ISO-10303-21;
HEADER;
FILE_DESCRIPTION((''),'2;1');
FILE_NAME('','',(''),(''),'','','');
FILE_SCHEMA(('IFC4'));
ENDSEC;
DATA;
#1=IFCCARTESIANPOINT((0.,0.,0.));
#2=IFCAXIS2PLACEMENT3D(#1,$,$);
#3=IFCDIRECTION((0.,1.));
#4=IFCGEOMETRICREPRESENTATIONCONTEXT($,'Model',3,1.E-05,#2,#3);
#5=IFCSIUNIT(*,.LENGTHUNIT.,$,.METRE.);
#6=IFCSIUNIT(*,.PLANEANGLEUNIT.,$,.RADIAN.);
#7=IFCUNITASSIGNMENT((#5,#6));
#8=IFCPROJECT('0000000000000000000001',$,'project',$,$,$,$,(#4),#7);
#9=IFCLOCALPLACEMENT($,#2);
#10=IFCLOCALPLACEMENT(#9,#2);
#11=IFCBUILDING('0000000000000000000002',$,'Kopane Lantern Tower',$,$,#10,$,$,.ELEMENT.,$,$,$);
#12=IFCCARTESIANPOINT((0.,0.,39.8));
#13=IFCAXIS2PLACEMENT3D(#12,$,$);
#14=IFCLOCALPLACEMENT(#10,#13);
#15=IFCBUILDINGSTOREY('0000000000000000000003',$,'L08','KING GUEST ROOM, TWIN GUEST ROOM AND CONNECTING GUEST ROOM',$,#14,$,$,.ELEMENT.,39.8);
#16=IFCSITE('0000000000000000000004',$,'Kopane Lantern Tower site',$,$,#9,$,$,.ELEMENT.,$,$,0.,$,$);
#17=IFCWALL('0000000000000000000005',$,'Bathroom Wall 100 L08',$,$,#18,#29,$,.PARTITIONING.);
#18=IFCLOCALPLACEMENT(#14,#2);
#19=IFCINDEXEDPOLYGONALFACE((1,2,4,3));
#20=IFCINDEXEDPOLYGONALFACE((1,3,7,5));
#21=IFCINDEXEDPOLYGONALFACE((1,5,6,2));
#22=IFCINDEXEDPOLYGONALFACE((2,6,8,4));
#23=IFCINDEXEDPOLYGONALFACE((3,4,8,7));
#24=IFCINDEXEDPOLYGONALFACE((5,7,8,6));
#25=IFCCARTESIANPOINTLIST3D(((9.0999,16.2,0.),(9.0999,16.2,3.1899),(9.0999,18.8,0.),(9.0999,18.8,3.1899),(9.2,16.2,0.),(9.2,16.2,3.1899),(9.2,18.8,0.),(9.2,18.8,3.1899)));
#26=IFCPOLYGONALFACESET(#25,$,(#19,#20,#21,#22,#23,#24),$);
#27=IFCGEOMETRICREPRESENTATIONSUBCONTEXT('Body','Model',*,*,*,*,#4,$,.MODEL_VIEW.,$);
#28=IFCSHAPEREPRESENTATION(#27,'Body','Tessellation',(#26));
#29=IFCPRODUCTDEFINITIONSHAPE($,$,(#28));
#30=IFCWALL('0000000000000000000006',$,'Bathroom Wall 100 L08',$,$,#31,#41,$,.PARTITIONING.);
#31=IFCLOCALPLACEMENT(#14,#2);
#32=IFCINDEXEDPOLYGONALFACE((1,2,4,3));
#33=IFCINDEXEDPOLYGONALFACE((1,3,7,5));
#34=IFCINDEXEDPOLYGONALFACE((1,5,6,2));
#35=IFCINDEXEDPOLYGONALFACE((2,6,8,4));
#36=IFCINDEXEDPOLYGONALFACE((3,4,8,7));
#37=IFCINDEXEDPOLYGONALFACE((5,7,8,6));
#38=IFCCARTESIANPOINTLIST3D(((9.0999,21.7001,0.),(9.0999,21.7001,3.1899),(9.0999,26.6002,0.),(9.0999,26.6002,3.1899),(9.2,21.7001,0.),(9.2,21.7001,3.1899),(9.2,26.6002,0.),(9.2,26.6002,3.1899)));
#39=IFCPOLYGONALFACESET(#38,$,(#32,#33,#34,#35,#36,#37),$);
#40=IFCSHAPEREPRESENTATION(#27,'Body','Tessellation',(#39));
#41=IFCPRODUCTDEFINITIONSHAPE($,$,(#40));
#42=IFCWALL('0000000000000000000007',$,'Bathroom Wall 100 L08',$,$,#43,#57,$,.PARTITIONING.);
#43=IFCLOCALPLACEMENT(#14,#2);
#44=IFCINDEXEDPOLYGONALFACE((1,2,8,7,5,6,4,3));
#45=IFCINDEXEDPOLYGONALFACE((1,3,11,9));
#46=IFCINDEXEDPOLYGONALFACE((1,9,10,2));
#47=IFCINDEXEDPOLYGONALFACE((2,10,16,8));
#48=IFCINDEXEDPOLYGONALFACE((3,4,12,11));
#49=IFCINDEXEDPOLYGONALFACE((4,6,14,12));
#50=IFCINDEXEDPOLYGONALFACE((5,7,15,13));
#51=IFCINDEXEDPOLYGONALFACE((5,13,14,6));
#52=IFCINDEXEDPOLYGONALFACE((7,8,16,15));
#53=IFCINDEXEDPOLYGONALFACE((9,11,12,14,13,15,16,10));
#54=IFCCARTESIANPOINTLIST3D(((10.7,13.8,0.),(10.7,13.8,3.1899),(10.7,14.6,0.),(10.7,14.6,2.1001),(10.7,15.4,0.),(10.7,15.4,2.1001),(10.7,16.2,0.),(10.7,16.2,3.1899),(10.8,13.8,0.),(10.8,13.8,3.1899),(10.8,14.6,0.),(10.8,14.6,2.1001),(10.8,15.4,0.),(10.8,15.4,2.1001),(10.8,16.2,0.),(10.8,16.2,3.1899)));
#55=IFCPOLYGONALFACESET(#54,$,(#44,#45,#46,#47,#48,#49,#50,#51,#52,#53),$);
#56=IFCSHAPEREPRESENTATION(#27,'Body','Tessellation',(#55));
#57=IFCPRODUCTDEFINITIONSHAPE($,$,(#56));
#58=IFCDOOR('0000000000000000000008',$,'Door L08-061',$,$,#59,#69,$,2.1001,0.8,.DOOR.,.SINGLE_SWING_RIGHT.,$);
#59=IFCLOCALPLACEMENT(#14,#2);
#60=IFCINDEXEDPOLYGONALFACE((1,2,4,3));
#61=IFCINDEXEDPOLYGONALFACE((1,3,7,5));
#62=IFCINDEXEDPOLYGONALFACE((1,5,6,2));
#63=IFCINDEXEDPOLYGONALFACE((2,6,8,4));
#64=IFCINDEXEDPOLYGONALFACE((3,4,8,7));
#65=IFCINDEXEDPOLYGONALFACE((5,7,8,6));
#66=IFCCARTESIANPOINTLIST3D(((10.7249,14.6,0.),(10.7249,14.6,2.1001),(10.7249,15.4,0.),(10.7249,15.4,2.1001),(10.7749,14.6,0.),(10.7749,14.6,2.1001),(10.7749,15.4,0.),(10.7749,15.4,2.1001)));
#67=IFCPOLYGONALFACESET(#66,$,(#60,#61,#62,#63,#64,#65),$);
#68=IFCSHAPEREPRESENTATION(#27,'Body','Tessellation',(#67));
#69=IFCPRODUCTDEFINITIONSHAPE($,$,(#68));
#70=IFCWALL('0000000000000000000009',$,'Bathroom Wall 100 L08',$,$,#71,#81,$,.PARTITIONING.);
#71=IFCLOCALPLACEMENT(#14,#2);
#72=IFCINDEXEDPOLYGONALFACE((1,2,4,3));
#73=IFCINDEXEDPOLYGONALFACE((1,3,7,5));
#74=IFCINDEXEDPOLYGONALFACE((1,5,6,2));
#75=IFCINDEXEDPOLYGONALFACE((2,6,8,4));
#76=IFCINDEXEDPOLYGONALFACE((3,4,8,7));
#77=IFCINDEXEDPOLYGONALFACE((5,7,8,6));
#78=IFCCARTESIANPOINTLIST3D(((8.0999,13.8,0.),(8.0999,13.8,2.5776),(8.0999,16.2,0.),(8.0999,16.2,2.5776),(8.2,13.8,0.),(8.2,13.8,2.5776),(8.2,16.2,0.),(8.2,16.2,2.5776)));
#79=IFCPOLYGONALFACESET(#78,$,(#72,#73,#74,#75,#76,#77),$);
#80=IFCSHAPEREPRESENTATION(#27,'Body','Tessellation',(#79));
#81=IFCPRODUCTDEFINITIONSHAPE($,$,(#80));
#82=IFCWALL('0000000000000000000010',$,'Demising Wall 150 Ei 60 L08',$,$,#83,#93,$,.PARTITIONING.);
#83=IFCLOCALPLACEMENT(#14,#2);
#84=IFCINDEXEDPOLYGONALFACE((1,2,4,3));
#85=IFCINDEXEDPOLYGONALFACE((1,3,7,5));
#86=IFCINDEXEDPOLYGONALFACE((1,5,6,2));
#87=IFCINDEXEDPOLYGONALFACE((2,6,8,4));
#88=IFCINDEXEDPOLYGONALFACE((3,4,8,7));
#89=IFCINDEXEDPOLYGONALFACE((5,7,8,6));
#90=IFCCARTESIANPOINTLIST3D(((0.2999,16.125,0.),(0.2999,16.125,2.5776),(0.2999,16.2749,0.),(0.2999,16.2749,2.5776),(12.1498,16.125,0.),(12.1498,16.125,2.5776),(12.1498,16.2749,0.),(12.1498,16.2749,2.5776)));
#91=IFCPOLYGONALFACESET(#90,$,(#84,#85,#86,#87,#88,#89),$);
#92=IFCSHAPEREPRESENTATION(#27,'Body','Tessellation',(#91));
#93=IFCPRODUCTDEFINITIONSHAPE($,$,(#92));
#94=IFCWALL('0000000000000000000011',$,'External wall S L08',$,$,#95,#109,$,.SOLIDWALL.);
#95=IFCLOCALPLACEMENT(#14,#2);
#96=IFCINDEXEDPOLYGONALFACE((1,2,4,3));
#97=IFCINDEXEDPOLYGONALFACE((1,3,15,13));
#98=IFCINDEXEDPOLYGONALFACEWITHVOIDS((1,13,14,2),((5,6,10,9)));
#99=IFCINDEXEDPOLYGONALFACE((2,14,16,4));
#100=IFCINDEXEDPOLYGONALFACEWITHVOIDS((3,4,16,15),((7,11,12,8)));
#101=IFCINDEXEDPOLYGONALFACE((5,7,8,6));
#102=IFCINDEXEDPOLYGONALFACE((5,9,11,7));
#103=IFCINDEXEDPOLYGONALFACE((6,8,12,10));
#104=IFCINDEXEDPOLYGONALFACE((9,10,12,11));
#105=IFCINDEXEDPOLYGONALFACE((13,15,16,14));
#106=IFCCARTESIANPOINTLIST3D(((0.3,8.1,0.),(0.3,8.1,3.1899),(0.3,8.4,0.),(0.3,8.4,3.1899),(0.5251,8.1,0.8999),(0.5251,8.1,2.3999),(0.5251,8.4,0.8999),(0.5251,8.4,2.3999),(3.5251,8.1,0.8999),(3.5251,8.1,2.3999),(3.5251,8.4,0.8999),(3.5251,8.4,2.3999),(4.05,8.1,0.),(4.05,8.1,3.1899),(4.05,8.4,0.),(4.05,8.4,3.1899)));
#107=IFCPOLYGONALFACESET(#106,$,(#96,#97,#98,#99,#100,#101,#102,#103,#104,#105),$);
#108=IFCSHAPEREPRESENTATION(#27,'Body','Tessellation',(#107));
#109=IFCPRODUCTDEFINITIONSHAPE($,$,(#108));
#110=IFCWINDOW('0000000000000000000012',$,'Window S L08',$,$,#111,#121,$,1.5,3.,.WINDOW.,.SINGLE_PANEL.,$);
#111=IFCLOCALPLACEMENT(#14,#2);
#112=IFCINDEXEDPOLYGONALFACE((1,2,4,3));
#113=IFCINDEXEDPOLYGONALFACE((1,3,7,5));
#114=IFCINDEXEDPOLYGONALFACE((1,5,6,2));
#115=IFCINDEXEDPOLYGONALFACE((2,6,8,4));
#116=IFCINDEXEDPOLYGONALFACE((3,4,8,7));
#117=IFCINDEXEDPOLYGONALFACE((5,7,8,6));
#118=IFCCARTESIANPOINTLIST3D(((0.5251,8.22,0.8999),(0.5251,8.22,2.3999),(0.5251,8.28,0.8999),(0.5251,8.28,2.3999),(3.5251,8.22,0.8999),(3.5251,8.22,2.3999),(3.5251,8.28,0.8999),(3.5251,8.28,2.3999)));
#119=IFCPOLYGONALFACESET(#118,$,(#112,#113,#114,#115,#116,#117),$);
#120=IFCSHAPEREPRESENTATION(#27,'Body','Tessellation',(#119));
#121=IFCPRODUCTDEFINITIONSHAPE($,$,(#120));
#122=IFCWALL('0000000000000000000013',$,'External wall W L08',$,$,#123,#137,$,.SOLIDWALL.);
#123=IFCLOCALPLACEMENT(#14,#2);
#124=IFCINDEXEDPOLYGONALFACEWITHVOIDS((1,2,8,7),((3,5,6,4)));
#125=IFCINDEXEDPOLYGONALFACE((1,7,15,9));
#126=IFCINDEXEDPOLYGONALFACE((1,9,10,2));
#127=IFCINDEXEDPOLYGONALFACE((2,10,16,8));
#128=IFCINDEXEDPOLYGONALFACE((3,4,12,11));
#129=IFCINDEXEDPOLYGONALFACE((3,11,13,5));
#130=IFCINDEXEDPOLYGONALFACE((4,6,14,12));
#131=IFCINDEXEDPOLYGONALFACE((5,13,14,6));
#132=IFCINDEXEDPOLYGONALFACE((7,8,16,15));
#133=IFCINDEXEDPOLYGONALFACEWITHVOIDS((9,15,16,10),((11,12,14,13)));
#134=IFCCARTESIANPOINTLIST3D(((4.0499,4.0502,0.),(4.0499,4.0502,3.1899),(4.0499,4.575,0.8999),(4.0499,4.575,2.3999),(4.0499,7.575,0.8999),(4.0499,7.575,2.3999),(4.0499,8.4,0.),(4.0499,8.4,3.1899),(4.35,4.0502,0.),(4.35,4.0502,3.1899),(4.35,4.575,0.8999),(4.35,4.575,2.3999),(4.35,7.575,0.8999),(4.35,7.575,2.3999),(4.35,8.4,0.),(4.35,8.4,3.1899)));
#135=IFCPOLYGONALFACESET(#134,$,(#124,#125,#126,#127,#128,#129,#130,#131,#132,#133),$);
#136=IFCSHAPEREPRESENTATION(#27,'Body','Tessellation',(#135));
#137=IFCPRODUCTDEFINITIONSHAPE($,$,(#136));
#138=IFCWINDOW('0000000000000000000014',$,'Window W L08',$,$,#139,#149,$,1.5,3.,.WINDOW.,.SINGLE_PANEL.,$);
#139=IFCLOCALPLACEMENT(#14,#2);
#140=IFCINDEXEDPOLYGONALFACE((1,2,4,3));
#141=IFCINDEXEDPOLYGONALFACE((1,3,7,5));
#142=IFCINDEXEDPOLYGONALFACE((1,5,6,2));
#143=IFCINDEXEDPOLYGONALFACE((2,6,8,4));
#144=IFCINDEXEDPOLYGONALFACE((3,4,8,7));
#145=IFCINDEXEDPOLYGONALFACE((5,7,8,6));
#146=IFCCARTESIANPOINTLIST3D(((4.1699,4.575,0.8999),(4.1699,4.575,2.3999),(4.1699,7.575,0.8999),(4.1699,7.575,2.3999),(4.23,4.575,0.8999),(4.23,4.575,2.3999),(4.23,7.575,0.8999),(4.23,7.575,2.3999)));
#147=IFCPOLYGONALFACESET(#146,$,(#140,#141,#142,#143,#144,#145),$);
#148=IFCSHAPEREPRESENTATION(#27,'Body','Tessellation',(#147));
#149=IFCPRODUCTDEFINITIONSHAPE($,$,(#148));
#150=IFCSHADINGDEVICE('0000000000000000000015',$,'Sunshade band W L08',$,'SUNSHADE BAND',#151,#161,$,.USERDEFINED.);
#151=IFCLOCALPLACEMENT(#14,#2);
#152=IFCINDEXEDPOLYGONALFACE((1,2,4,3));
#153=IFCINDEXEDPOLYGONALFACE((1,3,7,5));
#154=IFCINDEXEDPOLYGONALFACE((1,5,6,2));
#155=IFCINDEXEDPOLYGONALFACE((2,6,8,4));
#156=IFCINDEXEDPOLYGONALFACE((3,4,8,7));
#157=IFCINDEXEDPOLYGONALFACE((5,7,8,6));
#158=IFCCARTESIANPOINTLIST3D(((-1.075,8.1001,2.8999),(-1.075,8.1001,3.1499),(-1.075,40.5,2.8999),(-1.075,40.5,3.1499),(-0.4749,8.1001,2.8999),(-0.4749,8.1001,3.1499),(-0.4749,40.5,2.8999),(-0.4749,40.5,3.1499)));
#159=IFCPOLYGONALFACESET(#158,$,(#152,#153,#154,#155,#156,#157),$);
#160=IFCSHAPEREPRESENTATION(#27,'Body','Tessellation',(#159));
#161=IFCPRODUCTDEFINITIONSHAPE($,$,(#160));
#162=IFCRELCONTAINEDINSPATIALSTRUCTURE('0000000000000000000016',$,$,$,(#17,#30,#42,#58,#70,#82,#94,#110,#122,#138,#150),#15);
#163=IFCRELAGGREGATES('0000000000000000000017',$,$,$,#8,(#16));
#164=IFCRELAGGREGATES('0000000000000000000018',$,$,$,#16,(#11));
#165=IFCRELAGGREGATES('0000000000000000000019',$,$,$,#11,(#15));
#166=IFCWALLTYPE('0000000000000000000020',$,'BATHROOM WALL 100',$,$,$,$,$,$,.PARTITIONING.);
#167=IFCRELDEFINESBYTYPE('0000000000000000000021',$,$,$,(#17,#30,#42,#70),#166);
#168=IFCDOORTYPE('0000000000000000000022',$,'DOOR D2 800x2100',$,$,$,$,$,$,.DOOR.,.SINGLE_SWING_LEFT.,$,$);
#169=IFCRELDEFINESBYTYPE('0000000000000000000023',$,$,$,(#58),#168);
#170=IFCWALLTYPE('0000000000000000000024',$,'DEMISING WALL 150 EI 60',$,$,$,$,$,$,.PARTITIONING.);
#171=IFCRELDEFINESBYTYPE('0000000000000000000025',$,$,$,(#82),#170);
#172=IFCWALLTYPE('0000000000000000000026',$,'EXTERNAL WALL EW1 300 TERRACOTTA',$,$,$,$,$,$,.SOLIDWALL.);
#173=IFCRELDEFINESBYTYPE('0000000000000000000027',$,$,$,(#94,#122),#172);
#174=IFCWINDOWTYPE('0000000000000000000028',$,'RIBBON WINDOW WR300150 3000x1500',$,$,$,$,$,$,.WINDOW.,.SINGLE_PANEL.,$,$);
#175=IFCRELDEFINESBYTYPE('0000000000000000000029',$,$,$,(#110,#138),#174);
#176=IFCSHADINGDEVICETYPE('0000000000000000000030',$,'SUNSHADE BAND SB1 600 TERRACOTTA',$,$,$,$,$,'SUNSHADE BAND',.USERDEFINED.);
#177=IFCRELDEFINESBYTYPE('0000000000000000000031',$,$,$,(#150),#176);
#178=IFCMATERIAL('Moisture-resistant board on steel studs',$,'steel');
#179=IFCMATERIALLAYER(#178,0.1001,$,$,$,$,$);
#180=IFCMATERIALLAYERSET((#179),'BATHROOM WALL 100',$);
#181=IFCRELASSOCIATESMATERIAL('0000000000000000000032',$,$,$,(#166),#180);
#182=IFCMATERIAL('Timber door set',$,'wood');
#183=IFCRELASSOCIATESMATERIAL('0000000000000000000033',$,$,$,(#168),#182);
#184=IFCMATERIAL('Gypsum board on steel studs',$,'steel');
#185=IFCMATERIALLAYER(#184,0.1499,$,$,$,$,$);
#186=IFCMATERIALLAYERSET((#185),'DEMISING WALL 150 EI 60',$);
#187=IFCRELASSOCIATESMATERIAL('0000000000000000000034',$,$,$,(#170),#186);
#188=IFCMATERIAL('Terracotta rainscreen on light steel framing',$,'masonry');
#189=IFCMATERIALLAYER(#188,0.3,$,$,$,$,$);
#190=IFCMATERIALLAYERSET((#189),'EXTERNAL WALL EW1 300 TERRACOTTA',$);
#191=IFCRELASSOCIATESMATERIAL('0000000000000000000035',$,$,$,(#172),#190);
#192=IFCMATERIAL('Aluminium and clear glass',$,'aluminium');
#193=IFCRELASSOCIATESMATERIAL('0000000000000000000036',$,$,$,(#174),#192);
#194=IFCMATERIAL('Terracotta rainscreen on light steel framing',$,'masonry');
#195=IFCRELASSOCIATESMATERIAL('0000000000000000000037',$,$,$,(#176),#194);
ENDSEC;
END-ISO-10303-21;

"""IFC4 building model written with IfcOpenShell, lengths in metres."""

from ifc_helpers import new_model, si_unit, direction, frame, frame_2d, origin, origin_2d, place, context, subcontext, project, spatial, rectangle, extrude, material, layer, layer_set, type_object, element, fill, save


model = new_model("IFC4")

# Units and contexts
model_context = context("Model", 3, precision=1e-05, world=origin(), true_north=direction((0.0, 1.0)))
body_context = subcontext(model_context, "Body", "Model", "MODEL_VIEW")
ifc_project = project(units=[si_unit("LENGTHUNIT", "METRE"), si_unit("PLANEANGLEUNIT", "RADIAN")], contexts=[model_context])

# Site, building, storey
site_placement = place(None, origin())
site = spatial("IfcSite", under=ifc_project, at=site_placement, Name="Kopane Lantern Tower site", CompositionType="ELEMENT", RefElevation=0.0)
building_placement = place(site_placement, origin())
building = spatial("IfcBuilding", under=site, at=building_placement, Name="Kopane Lantern Tower", CompositionType="ELEMENT")
storey_placement = place(building_placement, frame((0.0, 0.0, 39.8)))
storey = spatial("IfcBuildingStorey", under=building, at=storey_placement, Name="L08", Description="KING GUEST ROOM, TWIN GUEST ROOM AND CONNECTING GUEST ROOM", CompositionType="ELEMENT", Elevation=39.8)

# Walls
ifc_material_1 = material(Name="Moisture-resistant board on steel studs", Category="steel")
ifc_layer_1 = layer(ifc_material_1, 0.1001)
ifc_layer_set_1 = layer_set([ifc_layer_1], Name="BATHROOM WALL 100")
wall_type_1 = type_object("IfcWallType", Name="BATHROOM WALL 100", PredefinedType="PARTITIONING", material=ifc_layer_set_1)
wall_1_placement = place(storey_placement, frame((9.1499, 16.2, 0.0), z_axis=(0.0, 0.0, 1.0), x_axis=(0.0, 1.0, 0.0)))
element("IfcWall", 1, at=wall_1_placement, inside=storey, type_object=wall_type_1, Name="Bathroom Wall 100 L08", PredefinedType="PARTITIONING", context=body_context, shape_type="SweptSolid", body=[
    extrude(rectangle(XDim=2.6001, YDim=0.1001, at=frame_2d((1.3, 0.0))), origin(), (0.0, 0.0, 1.0), 3.1899),
])
wall_2_placement = place(storey_placement, frame((9.1499, 21.7, 0.0), z_axis=(0.0, 0.0, 1.0), x_axis=(0.0, 1.0, 0.0)))
element("IfcWall", 2, at=wall_2_placement, inside=storey, type_object=wall_type_1, Name="Bathroom Wall 100 L08", PredefinedType="PARTITIONING", context=body_context, shape_type="SweptSolid", body=[
    extrude(rectangle(XDim=4.9001, YDim=0.1001, at=frame_2d((2.4502, 0.0))), origin(), (0.0, 0.0, 1.0), 3.1899),
])

# Wall, opening, door
wall_3_placement = place(storey_placement, frame((10.75, 16.2, 0.0), z_axis=(0.0, 0.0, 1.0), x_axis=(0.0, -1.0, 0.0)))
wall_3 = element("IfcWall", 3, at=wall_3_placement, inside=storey, type_object=wall_type_1, Name="Bathroom Wall 100 L08", PredefinedType="PARTITIONING", context=body_context, shape_type="SweptSolid", body=[
    extrude(rectangle(XDim=2.3999, YDim=0.1001, at=frame_2d((1.2, 0.0))), origin(), (0.0, 0.0, 1.0), 3.1899),
])
opening_1_placement = place(wall_3_placement, frame((0.8, 0.0, 0.0)))
opening_1 = element("IfcOpeningElement", 4, at=opening_1_placement, cuts=wall_3, PredefinedType="OPENING", context=body_context, shape_type="SweptSolid", body=[
    extrude(rectangle(XDim=0.8, YDim=2.1001, at=frame_2d((0.3999, 1.05))), frame((0.0, 0.0601, 0.0), z_axis=(0.0, -1.0, 0.0), x_axis=(1.0, 0.0, 0.0)), (0.0, 0.0, 1.0), 0.1201),
])
ifc_material_2 = material(Name="Timber door set", Category="wood")
door_type_1 = type_object("IfcDoorType", Name="DOOR D2 800x2100", OperationType="SINGLE_SWING_LEFT", PredefinedType="DOOR", material=ifc_material_2)
door_1_placement = place(opening_1_placement, origin())
door_1 = element("IfcDoor", 5, at=door_1_placement, inside=storey, type_object=door_type_1, Name="Door L08-061", OperationType="SINGLE_SWING_RIGHT", OverallHeight=2.1001, OverallWidth=0.8, PredefinedType="DOOR", context=body_context, shape_type="SweptSolid", body=[
    extrude(rectangle(XDim=0.8, YDim=2.1001, at=frame_2d((0.3999, 1.05))), frame((0.0, 0.0249, 0.0), z_axis=(0.0, -1.0, 0.0), x_axis=(1.0, 0.0, 0.0)), (0.0, 0.0, 1.0), 0.05),
])
fill(opening_1, door_1)

# Walls
wall_4_placement = place(storey_placement, frame((8.1499, 16.2, 0.0), z_axis=(0.0, 0.0, 1.0), x_axis=(0.0, -1.0, 0.0)))
element("IfcWall", 6, at=wall_4_placement, inside=storey, type_object=wall_type_1, Name="Bathroom Wall 100 L08", PredefinedType="PARTITIONING", context=body_context, shape_type="SweptSolid", body=[
    extrude(rectangle(XDim=2.3999, YDim=0.1001, at=frame_2d((1.2, 0.0))), origin(), (0.0, 0.0, 1.0), 2.5776),
])
ifc_material_3 = material(Name="Gypsum board on steel studs", Category="steel")
ifc_layer_2 = layer(ifc_material_3, 0.1499)
ifc_layer_set_2 = layer_set([ifc_layer_2], Name="DEMISING WALL 150 EI 60")
wall_type_2 = type_object("IfcWallType", Name="DEMISING WALL 150 EI 60", PredefinedType="PARTITIONING", material=ifc_layer_set_2)
wall_5_placement = place(storey_placement, frame((0.3, 16.2, 0.0), z_axis=(0.0, 0.0, 1.0), x_axis=(1.0, 0.0, 0.0)))
element("IfcWall", 7, at=wall_5_placement, inside=storey, type_object=wall_type_2, Name="Demising Wall 150 Ei 60 L08", PredefinedType="PARTITIONING", context=body_context, shape_type="SweptSolid", body=[
    extrude(rectangle(XDim=11.8499, YDim=0.1499, at=frame_2d((5.9248, 0.0))), origin(), (0.0, 0.0, 1.0), 2.5776),
])

# Walls, openings, windows
ifc_material_4 = material(Name="Terracotta rainscreen on light steel framing", Category="masonry")
ifc_layer_3 = layer(ifc_material_4, 0.3)
ifc_layer_set_3 = layer_set([ifc_layer_3], Name="EXTERNAL WALL EW1 300 TERRACOTTA")
wall_type_3 = type_object("IfcWallType", Name="EXTERNAL WALL EW1 300 TERRACOTTA", PredefinedType="SOLIDWALL", material=ifc_layer_set_3)
wall_6_placement = place(storey_placement, frame((0.3, 8.25, 0.0), z_axis=(0.0, 0.0, 1.0), x_axis=(1.0, 0.0, 0.0)))
wall_6 = element("IfcWall", 8, at=wall_6_placement, inside=storey, type_object=wall_type_3, Name="External wall S L08", PredefinedType="SOLIDWALL", context=body_context, shape_type="SweptSolid", body=[
    extrude(rectangle(XDim=3.75, YDim=0.3, at=frame_2d((1.875, 0.0))), origin(), (0.0, 0.0, 1.0), 3.1899),
])
opening_2_placement = place(wall_6_placement, frame((0.2251, 0.0, 0.8999)))
opening_2 = element("IfcOpeningElement", 9, at=opening_2_placement, cuts=wall_6, PredefinedType="OPENING", context=body_context, shape_type="SweptSolid", body=[
    extrude(rectangle(XDim=3.0, YDim=1.5, at=frame_2d((1.5, 0.75))), frame((0.0, 0.1599, 0.0), z_axis=(0.0, -1.0, 0.0), x_axis=(1.0, 0.0, 0.0)), (0.0, 0.0, 1.0), 0.3201),
])
ifc_material_5 = material(Name="Aluminium and clear glass", Category="aluminium")
window_type = type_object("IfcWindowType", Name="RIBBON WINDOW WR300150 3000x1500", PartitioningType="SINGLE_PANEL", PredefinedType="WINDOW", material=ifc_material_5)
window_1_placement = place(opening_2_placement, origin())
window_1 = element("IfcWindow", 10, at=window_1_placement, inside=storey, type_object=window_type, Name="Window S L08", OverallHeight=1.5, OverallWidth=3.0, PartitioningType="SINGLE_PANEL", PredefinedType="WINDOW", context=body_context, shape_type="SweptSolid", body=[
    extrude(rectangle(XDim=3.0, YDim=1.5, at=frame_2d((1.5, 0.75))), frame((0.0, 0.03, 0.0), z_axis=(0.0, -1.0, 0.0), x_axis=(1.0, 0.0, 0.0)), (0.0, 0.0, 1.0), 0.0601),
])
fill(opening_2, window_1)
wall_7_placement = place(storey_placement, frame((4.2, 8.3999, 0.0), z_axis=(0.0, 0.0, 1.0), x_axis=(0.0, -1.0, 0.0)))
wall_7 = element("IfcWall", 11, at=wall_7_placement, inside=storey, type_object=wall_type_3, Name="External wall W L08", PredefinedType="SOLIDWALL", context=body_context, shape_type="SweptSolid", body=[
    extrude(rectangle(XDim=4.3499, YDim=0.3, at=frame_2d((2.1748, 0.0))), origin(), (0.0, 0.0, 1.0), 3.1899),
])
opening_3_placement = place(wall_7_placement, frame((0.825, 0.0, 0.8999)))
opening_3 = element("IfcOpeningElement", 12, at=opening_3_placement, cuts=wall_7, PredefinedType="OPENING", context=body_context, shape_type="SweptSolid", body=[
    extrude(rectangle(XDim=3.0, YDim=1.5, at=frame_2d((1.5, 0.75))), frame((0.0, 0.1599, 0.0), z_axis=(0.0, -1.0, 0.0), x_axis=(1.0, 0.0, 0.0)), (0.0, 0.0, 1.0), 0.3201),
])
window_2_placement = place(opening_3_placement, origin())
window_2 = element("IfcWindow", 13, at=window_2_placement, inside=storey, type_object=window_type, Name="Window W L08", OverallHeight=1.5, OverallWidth=3.0, PartitioningType="SINGLE_PANEL", PredefinedType="WINDOW", context=body_context, shape_type="SweptSolid", body=[
    extrude(rectangle(XDim=3.0, YDim=1.5, at=frame_2d((1.5, 0.75))), frame((0.0, 0.03, 0.0), z_axis=(0.0, -1.0, 0.0), x_axis=(1.0, 0.0, 0.0)), (0.0, 0.0, 1.0), 0.0601),
])
fill(opening_3, window_2)

# Shading device
ifc_material_6 = material(Name="Terracotta rainscreen on light steel framing", Category="masonry")
shading_device_type = type_object("IfcShadingDeviceType", Name="SUNSHADE BAND SB1 600 TERRACOTTA", ElementType="SUNSHADE BAND", PredefinedType="USERDEFINED", material=ifc_material_6)
shading_device_placement = place(storey_placement, frame((-0.7749, 24.3, 2.8999), z_axis=(0.0, 0.0, 1.0), x_axis=(0.0, -1.0, 0.0)))
element("IfcShadingDevice", 14, at=shading_device_placement, inside=storey, type_object=shading_device_type, Name="Sunshade band W L08", ObjectType="SUNSHADE BAND", PredefinedType="USERDEFINED", context=body_context, shape_type="SweptSolid", body=[
    extrude(rectangle(XDim=32.3999, YDim=0.6001, at=origin_2d()), origin(), (0.0, 0.0, 1.0), 0.25),
])

save(model, "model.ifc")
